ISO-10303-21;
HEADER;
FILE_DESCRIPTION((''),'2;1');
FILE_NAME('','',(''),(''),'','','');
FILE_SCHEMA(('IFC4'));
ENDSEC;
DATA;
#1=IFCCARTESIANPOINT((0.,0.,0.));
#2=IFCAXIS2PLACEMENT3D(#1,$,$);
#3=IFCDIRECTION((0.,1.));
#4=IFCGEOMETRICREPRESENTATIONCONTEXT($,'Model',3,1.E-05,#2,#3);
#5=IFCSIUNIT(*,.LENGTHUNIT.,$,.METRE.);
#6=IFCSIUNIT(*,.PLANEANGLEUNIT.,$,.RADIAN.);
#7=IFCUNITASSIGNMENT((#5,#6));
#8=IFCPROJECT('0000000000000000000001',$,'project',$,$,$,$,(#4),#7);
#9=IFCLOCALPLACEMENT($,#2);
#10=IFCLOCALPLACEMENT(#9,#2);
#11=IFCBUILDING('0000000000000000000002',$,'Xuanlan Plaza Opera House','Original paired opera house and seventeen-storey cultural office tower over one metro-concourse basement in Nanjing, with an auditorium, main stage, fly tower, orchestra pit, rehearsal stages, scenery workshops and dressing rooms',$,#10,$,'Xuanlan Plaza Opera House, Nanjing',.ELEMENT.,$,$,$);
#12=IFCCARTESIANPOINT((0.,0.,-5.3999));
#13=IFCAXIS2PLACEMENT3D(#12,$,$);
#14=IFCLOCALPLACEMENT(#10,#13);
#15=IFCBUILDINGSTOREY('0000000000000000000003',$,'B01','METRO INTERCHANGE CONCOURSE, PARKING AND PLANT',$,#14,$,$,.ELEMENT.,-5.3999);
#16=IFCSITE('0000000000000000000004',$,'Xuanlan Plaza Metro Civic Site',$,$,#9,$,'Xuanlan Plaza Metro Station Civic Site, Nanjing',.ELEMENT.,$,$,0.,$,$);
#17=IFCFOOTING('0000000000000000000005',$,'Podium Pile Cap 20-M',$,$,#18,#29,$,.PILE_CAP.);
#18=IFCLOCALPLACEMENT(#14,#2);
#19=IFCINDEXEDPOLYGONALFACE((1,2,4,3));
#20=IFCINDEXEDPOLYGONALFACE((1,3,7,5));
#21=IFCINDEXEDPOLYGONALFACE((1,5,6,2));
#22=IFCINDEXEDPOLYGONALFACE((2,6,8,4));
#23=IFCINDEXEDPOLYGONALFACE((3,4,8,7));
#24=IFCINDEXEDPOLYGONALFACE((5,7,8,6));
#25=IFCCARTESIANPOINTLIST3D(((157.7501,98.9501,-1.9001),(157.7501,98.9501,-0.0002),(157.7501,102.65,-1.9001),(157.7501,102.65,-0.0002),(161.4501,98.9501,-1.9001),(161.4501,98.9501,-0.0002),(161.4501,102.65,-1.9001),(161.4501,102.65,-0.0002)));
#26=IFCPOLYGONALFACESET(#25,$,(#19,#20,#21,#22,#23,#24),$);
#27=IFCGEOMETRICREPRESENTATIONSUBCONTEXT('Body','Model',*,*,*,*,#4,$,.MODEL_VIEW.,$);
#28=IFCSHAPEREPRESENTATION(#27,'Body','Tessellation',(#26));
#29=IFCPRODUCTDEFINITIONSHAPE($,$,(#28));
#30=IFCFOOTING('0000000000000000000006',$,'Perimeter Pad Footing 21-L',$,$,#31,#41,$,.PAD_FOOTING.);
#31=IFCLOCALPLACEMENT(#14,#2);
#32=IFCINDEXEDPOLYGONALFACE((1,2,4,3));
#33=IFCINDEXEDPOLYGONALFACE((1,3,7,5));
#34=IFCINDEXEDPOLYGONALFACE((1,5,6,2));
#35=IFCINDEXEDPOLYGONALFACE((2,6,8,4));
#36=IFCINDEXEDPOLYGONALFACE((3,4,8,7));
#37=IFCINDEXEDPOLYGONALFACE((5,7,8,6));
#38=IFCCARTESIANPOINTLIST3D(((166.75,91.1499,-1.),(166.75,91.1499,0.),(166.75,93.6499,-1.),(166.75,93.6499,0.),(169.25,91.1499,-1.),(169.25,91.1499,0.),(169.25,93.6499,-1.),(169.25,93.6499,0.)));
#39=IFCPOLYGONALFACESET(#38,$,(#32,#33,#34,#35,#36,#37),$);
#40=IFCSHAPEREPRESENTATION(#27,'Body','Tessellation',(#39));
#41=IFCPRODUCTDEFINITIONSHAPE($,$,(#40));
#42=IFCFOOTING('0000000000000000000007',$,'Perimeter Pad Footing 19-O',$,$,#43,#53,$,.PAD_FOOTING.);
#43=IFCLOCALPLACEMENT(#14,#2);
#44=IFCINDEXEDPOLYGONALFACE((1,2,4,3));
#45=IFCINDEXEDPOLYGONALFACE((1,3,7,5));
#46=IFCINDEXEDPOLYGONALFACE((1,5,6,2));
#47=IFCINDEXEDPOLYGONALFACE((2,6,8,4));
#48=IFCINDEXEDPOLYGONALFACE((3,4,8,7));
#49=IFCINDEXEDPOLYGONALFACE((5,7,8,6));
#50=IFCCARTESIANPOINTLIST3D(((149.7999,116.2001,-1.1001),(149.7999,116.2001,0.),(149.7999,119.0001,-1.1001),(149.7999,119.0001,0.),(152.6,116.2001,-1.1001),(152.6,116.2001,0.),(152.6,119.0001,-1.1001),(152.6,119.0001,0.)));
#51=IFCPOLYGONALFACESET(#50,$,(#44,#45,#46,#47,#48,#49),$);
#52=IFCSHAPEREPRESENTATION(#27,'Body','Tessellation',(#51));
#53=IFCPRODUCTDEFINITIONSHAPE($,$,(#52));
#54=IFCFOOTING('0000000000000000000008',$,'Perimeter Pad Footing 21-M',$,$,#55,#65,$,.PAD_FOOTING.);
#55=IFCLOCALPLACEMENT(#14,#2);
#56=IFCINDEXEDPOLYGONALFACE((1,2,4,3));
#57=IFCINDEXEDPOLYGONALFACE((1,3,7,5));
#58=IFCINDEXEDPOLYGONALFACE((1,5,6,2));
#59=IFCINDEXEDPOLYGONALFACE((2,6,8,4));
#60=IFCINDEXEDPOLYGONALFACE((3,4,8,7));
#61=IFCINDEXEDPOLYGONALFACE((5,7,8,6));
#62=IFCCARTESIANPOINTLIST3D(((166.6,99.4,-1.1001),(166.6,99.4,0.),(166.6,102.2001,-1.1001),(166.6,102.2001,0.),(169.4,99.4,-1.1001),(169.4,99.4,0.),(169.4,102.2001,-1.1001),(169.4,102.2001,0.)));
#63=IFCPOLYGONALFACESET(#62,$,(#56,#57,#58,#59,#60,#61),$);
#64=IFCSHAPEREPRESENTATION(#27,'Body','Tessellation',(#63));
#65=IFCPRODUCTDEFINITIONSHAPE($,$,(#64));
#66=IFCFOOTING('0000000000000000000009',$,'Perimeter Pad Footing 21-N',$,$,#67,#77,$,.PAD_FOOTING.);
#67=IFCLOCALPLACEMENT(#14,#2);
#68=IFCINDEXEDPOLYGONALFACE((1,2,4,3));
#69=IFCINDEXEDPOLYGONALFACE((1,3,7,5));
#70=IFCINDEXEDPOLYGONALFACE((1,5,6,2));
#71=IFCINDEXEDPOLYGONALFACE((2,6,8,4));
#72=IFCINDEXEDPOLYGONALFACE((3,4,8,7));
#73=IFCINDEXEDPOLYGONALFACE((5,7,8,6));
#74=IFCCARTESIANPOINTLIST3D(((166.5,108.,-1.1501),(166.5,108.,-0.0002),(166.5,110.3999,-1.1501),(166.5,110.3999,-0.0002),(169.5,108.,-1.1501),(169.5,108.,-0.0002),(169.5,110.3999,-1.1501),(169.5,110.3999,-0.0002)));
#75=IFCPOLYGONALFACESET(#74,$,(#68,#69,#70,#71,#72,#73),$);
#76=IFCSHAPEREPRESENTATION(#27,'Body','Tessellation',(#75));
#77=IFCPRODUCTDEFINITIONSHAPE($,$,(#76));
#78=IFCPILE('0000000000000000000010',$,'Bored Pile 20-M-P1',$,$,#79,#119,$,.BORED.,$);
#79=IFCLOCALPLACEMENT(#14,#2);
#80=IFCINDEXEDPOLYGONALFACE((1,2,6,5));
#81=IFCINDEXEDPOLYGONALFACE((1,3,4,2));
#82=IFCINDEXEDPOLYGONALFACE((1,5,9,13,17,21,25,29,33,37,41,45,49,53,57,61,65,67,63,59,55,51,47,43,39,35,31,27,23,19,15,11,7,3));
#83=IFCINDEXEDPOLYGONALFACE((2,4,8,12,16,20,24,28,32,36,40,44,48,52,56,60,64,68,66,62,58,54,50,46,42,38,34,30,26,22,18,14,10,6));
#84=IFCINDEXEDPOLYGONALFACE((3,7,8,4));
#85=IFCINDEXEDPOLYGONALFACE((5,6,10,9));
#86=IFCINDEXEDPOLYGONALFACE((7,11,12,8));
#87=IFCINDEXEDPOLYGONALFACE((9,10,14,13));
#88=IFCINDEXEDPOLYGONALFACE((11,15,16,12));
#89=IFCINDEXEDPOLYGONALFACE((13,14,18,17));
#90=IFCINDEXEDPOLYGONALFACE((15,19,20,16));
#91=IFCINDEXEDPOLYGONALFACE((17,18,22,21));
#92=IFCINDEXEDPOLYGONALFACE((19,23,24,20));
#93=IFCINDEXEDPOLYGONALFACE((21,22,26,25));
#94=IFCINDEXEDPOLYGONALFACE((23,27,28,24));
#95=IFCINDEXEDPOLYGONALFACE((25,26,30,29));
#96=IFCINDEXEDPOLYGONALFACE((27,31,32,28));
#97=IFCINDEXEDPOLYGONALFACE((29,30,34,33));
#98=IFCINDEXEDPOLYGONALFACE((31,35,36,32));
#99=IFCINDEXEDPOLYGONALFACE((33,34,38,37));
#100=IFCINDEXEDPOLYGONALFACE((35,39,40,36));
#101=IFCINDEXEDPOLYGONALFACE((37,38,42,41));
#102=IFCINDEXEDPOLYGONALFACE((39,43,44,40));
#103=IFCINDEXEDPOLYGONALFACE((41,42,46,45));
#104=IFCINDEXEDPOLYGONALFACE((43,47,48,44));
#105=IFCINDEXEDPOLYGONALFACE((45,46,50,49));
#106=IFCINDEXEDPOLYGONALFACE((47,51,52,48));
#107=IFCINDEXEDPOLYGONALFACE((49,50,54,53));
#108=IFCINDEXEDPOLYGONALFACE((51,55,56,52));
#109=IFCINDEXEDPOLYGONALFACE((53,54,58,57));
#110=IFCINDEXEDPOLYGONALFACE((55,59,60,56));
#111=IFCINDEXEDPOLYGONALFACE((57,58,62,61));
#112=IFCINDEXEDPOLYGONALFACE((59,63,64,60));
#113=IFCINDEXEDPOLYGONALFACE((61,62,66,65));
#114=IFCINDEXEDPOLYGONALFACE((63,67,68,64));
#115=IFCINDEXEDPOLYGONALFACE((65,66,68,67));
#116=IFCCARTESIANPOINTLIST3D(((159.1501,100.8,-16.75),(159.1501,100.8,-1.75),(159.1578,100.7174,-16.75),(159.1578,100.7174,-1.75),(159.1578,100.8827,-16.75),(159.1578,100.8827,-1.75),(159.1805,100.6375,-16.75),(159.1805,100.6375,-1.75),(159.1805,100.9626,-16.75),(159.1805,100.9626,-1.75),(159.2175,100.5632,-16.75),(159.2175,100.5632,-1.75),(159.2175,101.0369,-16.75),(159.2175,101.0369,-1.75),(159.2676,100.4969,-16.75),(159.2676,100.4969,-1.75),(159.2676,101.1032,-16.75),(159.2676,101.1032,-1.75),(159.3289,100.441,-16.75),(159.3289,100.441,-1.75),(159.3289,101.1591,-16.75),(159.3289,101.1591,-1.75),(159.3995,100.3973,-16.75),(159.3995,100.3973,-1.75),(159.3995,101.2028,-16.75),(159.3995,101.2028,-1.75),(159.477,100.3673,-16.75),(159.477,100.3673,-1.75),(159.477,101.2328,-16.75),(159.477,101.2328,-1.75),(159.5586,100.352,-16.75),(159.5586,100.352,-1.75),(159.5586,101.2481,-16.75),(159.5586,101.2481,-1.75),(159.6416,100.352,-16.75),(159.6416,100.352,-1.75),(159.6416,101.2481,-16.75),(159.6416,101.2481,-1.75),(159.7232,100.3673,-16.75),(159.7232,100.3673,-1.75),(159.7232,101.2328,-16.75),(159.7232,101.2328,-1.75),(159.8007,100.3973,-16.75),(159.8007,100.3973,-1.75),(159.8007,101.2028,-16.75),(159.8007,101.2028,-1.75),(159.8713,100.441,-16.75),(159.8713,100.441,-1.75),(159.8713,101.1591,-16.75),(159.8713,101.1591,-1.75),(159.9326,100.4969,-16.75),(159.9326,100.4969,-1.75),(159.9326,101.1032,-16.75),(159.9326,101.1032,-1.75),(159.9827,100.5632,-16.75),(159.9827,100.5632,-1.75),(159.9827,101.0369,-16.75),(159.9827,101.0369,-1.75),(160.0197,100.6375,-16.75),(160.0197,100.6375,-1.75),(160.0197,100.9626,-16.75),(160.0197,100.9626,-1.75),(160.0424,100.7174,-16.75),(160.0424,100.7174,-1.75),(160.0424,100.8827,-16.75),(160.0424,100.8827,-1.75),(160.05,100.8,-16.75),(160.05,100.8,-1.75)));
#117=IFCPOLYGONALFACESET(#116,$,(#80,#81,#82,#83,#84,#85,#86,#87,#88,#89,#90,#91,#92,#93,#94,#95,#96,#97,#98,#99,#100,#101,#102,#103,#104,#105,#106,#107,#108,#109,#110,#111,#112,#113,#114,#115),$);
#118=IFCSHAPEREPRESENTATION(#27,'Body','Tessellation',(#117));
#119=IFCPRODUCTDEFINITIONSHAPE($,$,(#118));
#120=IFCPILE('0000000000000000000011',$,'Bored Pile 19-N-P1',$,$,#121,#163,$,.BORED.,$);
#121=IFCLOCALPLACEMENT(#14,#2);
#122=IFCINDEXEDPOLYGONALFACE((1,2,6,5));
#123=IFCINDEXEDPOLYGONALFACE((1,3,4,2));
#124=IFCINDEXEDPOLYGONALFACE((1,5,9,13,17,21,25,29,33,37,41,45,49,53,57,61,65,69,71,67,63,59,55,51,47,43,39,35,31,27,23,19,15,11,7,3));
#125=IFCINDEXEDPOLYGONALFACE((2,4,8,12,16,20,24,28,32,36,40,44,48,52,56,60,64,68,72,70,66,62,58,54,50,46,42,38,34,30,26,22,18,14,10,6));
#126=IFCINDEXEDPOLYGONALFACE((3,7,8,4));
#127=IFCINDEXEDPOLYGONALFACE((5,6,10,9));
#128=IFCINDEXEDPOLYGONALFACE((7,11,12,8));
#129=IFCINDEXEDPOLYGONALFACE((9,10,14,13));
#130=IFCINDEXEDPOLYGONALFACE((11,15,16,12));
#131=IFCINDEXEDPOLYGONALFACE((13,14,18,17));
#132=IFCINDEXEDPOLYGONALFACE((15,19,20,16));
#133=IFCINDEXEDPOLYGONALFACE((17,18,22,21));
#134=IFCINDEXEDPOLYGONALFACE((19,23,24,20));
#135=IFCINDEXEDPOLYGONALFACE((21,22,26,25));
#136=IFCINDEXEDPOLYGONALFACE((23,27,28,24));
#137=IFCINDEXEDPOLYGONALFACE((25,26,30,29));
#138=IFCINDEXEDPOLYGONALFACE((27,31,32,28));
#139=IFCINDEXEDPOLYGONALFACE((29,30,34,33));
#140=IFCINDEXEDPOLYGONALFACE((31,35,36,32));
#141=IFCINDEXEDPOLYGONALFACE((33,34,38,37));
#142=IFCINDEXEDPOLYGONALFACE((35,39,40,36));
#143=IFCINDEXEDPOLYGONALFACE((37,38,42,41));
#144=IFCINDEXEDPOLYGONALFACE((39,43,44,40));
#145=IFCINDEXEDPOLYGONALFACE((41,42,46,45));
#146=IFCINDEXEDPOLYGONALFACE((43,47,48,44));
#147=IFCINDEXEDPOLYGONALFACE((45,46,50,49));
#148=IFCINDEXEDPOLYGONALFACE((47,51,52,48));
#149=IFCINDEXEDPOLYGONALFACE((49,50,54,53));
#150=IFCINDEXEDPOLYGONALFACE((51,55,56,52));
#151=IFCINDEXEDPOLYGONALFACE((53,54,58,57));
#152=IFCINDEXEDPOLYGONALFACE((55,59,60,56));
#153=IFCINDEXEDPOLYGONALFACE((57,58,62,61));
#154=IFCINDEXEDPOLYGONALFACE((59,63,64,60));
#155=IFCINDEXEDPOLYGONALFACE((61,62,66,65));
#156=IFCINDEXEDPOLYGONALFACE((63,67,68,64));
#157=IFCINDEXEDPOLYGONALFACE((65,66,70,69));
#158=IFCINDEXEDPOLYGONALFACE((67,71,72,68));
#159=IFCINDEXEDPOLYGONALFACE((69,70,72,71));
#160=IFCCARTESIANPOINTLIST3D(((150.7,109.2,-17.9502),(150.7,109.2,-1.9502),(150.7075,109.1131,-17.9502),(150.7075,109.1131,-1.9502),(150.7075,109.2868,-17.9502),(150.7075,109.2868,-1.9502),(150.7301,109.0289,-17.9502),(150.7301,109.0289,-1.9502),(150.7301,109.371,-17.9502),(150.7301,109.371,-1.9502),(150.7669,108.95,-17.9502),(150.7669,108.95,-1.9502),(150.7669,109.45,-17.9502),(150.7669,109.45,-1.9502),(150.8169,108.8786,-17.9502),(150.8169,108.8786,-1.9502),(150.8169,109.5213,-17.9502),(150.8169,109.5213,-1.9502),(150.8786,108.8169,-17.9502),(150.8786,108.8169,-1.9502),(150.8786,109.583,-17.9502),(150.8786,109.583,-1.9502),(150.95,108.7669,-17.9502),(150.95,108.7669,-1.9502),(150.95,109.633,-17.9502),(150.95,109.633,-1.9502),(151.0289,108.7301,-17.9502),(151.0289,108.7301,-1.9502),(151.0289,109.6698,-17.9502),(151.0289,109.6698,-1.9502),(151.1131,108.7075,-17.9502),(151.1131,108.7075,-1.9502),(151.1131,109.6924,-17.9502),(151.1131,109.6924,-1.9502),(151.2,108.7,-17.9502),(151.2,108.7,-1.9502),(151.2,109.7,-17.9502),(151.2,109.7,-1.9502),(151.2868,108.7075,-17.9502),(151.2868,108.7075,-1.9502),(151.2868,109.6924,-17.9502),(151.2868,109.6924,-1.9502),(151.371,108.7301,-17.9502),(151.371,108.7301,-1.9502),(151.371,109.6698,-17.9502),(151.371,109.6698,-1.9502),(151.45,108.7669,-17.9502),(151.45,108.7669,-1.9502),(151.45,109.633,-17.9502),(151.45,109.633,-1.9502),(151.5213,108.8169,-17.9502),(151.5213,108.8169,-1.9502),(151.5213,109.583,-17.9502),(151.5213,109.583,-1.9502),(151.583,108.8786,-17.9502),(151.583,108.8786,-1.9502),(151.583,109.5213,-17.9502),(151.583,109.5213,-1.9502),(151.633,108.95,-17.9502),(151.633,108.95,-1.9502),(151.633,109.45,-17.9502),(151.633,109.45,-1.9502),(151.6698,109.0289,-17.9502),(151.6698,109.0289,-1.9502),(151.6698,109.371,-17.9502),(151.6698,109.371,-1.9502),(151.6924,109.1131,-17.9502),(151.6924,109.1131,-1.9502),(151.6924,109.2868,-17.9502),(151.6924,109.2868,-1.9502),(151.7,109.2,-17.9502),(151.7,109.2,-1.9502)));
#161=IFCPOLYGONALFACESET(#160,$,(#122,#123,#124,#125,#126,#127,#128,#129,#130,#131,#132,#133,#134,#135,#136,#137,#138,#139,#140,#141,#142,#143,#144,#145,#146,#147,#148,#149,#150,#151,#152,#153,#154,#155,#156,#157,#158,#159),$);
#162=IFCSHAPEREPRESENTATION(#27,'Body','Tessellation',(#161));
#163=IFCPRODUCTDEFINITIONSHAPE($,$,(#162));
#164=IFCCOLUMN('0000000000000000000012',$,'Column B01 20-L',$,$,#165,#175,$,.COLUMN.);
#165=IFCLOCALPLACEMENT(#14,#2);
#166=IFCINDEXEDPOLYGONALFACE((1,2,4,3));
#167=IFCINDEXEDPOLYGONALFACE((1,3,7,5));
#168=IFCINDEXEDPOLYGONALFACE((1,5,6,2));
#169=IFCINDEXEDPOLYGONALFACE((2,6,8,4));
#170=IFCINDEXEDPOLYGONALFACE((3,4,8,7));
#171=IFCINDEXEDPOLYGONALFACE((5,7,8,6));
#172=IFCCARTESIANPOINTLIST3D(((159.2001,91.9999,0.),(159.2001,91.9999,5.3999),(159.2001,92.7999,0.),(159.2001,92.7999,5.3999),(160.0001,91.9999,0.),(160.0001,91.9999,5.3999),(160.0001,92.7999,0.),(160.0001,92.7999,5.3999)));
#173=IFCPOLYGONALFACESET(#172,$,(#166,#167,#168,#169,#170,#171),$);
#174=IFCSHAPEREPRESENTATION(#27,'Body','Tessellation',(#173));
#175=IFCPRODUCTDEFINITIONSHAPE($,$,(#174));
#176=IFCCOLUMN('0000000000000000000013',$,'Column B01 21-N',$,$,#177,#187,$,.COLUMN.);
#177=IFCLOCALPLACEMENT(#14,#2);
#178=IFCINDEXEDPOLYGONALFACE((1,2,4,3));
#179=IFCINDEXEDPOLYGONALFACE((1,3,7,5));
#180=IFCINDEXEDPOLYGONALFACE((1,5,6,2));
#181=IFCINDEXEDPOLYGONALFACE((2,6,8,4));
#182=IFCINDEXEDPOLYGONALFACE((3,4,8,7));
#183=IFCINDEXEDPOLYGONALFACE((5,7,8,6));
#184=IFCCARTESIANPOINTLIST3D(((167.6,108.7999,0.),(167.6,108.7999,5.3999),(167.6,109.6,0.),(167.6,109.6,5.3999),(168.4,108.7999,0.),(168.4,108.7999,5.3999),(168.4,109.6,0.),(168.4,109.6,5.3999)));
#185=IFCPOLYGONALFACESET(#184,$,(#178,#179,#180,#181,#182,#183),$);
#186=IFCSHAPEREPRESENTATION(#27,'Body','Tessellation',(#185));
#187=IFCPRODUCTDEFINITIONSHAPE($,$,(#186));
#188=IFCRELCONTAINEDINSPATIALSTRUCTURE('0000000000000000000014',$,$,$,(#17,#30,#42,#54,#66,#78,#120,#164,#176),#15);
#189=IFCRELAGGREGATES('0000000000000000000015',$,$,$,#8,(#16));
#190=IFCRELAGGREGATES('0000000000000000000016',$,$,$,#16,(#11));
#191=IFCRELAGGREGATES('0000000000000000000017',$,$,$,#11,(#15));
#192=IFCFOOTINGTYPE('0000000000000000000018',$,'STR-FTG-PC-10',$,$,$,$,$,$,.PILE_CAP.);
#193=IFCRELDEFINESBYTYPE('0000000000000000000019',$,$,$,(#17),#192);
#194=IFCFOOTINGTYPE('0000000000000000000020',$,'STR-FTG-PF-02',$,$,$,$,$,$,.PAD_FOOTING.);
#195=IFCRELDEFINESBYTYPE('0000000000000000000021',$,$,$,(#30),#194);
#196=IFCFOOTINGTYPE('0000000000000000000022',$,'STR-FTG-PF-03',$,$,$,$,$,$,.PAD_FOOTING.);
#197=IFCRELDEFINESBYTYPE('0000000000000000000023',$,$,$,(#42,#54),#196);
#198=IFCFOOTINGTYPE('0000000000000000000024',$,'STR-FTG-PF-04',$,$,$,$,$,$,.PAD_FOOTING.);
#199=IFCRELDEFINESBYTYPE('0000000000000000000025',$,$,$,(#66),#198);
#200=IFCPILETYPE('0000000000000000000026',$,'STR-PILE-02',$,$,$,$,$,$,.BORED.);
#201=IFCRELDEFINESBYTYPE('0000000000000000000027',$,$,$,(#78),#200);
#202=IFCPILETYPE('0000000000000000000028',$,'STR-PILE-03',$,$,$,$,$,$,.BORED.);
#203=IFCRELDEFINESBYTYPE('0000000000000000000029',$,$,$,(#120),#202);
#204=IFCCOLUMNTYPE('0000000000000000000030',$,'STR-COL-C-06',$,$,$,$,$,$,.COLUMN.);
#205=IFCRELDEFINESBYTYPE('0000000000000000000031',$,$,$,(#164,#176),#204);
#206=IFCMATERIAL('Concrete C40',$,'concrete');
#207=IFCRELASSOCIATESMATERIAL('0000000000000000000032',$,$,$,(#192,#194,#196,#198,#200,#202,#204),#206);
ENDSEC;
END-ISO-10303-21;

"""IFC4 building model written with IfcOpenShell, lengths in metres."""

from ifc_helpers import new_model, si_unit, direction, frame, origin, origin_2d, place, context, subcontext, project, spatial, rectangle, circle, extrude, material, material_profile, profile_set, type_object, element, save


model = new_model("IFC4")

# Units and contexts
model_context = context("Model", 3, precision=1e-05, world=origin(), true_north=direction((0.0, 1.0)))
body_context = subcontext(model_context, "Body", "Model", "MODEL_VIEW")
ifc_project = project(units=[si_unit("LENGTHUNIT", "METRE"), si_unit("PLANEANGLEUNIT", "RADIAN")], contexts=[model_context])

# Site, building, storey
site_placement = place(None, origin())
site = spatial("IfcSite", under=ifc_project, at=site_placement, Name="Xuanlan Plaza Metro Civic Site", LongName="Xuanlan Plaza Metro Station Civic Site, Nanjing", CompositionType="ELEMENT", RefElevation=0.0)
building_placement = place(site_placement, origin())
building = spatial("IfcBuilding", under=site, at=building_placement, Name="Xuanlan Plaza Opera House", Description="Original paired opera house and seventeen-storey cultural office tower over one metro-concourse basement in Nanjing, with an auditorium, main stage, fly tower, orchestra pit, rehearsal stages, scenery workshops and dressing rooms", LongName="Xuanlan Plaza Opera House, Nanjing", CompositionType="ELEMENT")
storey_placement = place(building_placement, frame((0.0, 0.0, -5.3999)))
storey = spatial("IfcBuildingStorey", under=building, at=storey_placement, Name="B01", Description="METRO INTERCHANGE CONCOURSE, PARKING AND PLANT", CompositionType="ELEMENT", Elevation=-5.3999)

# Footings
ifc_material_1 = material(Name="Concrete C40", Category="concrete")
footing_type_1 = type_object("IfcFootingType", Name="STR-FTG-PC-10", PredefinedType="PILE_CAP", material=ifc_material_1)
footing_1_placement = place(storey_placement, frame((159.6001, 100.8, -1.9001), z_axis=(0.0, 0.0, 1.0), x_axis=(1.0, 0.0, 0.0)))
element("IfcFooting", 1, at=footing_1_placement, inside=storey, type_object=footing_type_1, Name="Podium Pile Cap 20-M", PredefinedType="PILE_CAP", context=body_context, shape_type="SweptSolid", body=[
    extrude(rectangle(XDim=3.7, YDim=3.7, at=origin_2d()), origin(), (0.0, 0.0, 1.0), 1.8999),
])
footing_type_2 = type_object("IfcFootingType", Name="STR-FTG-PF-02", PredefinedType="PAD_FOOTING", material=ifc_material_1)
footing_2_placement = place(storey_placement, frame((168.0, 92.3999, -1.0), z_axis=(0.0, 0.0, 1.0), x_axis=(1.0, 0.0, 0.0)))
element("IfcFooting", 2, at=footing_2_placement, inside=storey, type_object=footing_type_2, Name="Perimeter Pad Footing 21-L", PredefinedType="PAD_FOOTING", context=body_context, shape_type="SweptSolid", body=[
    extrude(rectangle(XDim=2.5, YDim=2.5, at=origin_2d()), origin(), (0.0, 0.0, 1.0), 1.0),
])
footing_type_3 = type_object("IfcFootingType", Name="STR-FTG-PF-03", PredefinedType="PAD_FOOTING", material=ifc_material_1)
for number, where, z_axis, x_axis, name in (
    (3, (151.2, 117.6001, -1.1001), (0.0, 0.0, 1.0), (1.0, 0.0, 0.0), "Perimeter Pad Footing 19-O"),
    (4, (168.0, 100.8, -1.1001), (0.0, 0.0, 1.0), (1.0, 0.0, 0.0), "Perimeter Pad Footing 21-M"),
):
    element("IfcFooting", number, at=place(storey_placement, frame(where, z_axis=z_axis, x_axis=x_axis)), inside=storey, type_object=footing_type_3, Name=name, PredefinedType="PAD_FOOTING", context=body_context, shape_type="SweptSolid", body=[
        extrude(rectangle(XDim=2.8, YDim=2.8, at=origin_2d()), origin(), (0.0, 0.0, 1.0), 1.1001),
    ])
footing_type_4 = type_object("IfcFootingType", Name="STR-FTG-PF-04", PredefinedType="PAD_FOOTING", material=ifc_material_1)
footing_3_placement = place(storey_placement, frame((168.0, 109.2, -1.1501), z_axis=(0.0, 0.0, 1.0), x_axis=(1.0, 0.0, 0.0)))
element("IfcFooting", 5, at=footing_3_placement, inside=storey, type_object=footing_type_4, Name="Perimeter Pad Footing 21-N", PredefinedType="PAD_FOOTING", context=body_context, shape_type="SweptSolid", body=[
    extrude(rectangle(XDim=3.0, YDim=2.3999, at=origin_2d()), origin(), (0.0, 0.0, 1.0), 1.1499),
])

# Piles
ifc_material_profile_1 = material_profile(ifc_material_1, circle(Radius=0.45, at=origin_2d()), Name="PILE D900")
ifc_profile_set_1 = profile_set([ifc_material_profile_1], Name="Concrete C40")
pile_type_1 = type_object("IfcPileType", Name="STR-PILE-02", PredefinedType="BORED", material=ifc_profile_set_1)
pile_1_placement = place(storey_placement, frame((159.6001, 100.8, -1.75), z_axis=(0.0, 0.0, -1.0), x_axis=(1.0, 0.0, 0.0)))
element("IfcPile", 6, at=pile_1_placement, inside=storey, type_object=pile_type_1, Name="Bored Pile 20-M-P1", PredefinedType="BORED", context=body_context, shape_type="SweptSolid", body=[
    extrude(circle(Radius=0.45, at=origin_2d()), origin(), (0.0, 0.0, 1.0), 15.0),
])
ifc_material_profile_2 = material_profile(ifc_material_1, circle(Radius=0.5, at=origin_2d()), Name="PILE D1000")
ifc_profile_set_2 = profile_set([ifc_material_profile_2], Name="Concrete C40")
pile_type_2 = type_object("IfcPileType", Name="STR-PILE-03", PredefinedType="BORED", material=ifc_profile_set_2)
pile_2_placement = place(storey_placement, frame((151.2, 109.2, -1.9502), z_axis=(0.0, 0.0, -1.0), x_axis=(1.0, 0.0, 0.0)))
element("IfcPile", 7, at=pile_2_placement, inside=storey, type_object=pile_type_2, Name="Bored Pile 19-N-P1", PredefinedType="BORED", context=body_context, shape_type="SweptSolid", body=[
    extrude(circle(Radius=0.5, at=origin_2d()), origin(), (0.0, 0.0, 1.0), 16.0),
])

# Columns
ifc_material_profile_3 = material_profile(ifc_material_1, rectangle(XDim=0.8, YDim=0.8, at=origin_2d()), Name="RC-COL 800x800")
ifc_profile_set_3 = profile_set([ifc_material_profile_3], Name="Concrete C40")
column_type_1 = type_object("IfcColumnType", Name="STR-COL-C-06", PredefinedType="COLUMN", material=ifc_profile_set_3)
for number, where, z_axis, x_axis, name in (
    (8, (159.6001, 92.3999, 0.0), (0.0, 0.0, 1.0), (1.0, 0.0, 0.0), "Column B01 20-L"),
    (9, (168.0, 109.2, 0.0), (0.0, 0.0, 1.0), (1.0, 0.0, 0.0), "Column B01 21-N"),
):
    element("IfcColumn", number, at=place(storey_placement, frame(where, z_axis=z_axis, x_axis=x_axis)), inside=storey, type_object=column_type_1, Name=name, PredefinedType="COLUMN", context=body_context, shape_type="SweptSolid", body=[
        extrude(rectangle(XDim=0.8, YDim=0.8, at=origin_2d()), origin(), (0.0, 0.0, 1.0), 5.3999),
    ])

save(model, "model.ifc")
